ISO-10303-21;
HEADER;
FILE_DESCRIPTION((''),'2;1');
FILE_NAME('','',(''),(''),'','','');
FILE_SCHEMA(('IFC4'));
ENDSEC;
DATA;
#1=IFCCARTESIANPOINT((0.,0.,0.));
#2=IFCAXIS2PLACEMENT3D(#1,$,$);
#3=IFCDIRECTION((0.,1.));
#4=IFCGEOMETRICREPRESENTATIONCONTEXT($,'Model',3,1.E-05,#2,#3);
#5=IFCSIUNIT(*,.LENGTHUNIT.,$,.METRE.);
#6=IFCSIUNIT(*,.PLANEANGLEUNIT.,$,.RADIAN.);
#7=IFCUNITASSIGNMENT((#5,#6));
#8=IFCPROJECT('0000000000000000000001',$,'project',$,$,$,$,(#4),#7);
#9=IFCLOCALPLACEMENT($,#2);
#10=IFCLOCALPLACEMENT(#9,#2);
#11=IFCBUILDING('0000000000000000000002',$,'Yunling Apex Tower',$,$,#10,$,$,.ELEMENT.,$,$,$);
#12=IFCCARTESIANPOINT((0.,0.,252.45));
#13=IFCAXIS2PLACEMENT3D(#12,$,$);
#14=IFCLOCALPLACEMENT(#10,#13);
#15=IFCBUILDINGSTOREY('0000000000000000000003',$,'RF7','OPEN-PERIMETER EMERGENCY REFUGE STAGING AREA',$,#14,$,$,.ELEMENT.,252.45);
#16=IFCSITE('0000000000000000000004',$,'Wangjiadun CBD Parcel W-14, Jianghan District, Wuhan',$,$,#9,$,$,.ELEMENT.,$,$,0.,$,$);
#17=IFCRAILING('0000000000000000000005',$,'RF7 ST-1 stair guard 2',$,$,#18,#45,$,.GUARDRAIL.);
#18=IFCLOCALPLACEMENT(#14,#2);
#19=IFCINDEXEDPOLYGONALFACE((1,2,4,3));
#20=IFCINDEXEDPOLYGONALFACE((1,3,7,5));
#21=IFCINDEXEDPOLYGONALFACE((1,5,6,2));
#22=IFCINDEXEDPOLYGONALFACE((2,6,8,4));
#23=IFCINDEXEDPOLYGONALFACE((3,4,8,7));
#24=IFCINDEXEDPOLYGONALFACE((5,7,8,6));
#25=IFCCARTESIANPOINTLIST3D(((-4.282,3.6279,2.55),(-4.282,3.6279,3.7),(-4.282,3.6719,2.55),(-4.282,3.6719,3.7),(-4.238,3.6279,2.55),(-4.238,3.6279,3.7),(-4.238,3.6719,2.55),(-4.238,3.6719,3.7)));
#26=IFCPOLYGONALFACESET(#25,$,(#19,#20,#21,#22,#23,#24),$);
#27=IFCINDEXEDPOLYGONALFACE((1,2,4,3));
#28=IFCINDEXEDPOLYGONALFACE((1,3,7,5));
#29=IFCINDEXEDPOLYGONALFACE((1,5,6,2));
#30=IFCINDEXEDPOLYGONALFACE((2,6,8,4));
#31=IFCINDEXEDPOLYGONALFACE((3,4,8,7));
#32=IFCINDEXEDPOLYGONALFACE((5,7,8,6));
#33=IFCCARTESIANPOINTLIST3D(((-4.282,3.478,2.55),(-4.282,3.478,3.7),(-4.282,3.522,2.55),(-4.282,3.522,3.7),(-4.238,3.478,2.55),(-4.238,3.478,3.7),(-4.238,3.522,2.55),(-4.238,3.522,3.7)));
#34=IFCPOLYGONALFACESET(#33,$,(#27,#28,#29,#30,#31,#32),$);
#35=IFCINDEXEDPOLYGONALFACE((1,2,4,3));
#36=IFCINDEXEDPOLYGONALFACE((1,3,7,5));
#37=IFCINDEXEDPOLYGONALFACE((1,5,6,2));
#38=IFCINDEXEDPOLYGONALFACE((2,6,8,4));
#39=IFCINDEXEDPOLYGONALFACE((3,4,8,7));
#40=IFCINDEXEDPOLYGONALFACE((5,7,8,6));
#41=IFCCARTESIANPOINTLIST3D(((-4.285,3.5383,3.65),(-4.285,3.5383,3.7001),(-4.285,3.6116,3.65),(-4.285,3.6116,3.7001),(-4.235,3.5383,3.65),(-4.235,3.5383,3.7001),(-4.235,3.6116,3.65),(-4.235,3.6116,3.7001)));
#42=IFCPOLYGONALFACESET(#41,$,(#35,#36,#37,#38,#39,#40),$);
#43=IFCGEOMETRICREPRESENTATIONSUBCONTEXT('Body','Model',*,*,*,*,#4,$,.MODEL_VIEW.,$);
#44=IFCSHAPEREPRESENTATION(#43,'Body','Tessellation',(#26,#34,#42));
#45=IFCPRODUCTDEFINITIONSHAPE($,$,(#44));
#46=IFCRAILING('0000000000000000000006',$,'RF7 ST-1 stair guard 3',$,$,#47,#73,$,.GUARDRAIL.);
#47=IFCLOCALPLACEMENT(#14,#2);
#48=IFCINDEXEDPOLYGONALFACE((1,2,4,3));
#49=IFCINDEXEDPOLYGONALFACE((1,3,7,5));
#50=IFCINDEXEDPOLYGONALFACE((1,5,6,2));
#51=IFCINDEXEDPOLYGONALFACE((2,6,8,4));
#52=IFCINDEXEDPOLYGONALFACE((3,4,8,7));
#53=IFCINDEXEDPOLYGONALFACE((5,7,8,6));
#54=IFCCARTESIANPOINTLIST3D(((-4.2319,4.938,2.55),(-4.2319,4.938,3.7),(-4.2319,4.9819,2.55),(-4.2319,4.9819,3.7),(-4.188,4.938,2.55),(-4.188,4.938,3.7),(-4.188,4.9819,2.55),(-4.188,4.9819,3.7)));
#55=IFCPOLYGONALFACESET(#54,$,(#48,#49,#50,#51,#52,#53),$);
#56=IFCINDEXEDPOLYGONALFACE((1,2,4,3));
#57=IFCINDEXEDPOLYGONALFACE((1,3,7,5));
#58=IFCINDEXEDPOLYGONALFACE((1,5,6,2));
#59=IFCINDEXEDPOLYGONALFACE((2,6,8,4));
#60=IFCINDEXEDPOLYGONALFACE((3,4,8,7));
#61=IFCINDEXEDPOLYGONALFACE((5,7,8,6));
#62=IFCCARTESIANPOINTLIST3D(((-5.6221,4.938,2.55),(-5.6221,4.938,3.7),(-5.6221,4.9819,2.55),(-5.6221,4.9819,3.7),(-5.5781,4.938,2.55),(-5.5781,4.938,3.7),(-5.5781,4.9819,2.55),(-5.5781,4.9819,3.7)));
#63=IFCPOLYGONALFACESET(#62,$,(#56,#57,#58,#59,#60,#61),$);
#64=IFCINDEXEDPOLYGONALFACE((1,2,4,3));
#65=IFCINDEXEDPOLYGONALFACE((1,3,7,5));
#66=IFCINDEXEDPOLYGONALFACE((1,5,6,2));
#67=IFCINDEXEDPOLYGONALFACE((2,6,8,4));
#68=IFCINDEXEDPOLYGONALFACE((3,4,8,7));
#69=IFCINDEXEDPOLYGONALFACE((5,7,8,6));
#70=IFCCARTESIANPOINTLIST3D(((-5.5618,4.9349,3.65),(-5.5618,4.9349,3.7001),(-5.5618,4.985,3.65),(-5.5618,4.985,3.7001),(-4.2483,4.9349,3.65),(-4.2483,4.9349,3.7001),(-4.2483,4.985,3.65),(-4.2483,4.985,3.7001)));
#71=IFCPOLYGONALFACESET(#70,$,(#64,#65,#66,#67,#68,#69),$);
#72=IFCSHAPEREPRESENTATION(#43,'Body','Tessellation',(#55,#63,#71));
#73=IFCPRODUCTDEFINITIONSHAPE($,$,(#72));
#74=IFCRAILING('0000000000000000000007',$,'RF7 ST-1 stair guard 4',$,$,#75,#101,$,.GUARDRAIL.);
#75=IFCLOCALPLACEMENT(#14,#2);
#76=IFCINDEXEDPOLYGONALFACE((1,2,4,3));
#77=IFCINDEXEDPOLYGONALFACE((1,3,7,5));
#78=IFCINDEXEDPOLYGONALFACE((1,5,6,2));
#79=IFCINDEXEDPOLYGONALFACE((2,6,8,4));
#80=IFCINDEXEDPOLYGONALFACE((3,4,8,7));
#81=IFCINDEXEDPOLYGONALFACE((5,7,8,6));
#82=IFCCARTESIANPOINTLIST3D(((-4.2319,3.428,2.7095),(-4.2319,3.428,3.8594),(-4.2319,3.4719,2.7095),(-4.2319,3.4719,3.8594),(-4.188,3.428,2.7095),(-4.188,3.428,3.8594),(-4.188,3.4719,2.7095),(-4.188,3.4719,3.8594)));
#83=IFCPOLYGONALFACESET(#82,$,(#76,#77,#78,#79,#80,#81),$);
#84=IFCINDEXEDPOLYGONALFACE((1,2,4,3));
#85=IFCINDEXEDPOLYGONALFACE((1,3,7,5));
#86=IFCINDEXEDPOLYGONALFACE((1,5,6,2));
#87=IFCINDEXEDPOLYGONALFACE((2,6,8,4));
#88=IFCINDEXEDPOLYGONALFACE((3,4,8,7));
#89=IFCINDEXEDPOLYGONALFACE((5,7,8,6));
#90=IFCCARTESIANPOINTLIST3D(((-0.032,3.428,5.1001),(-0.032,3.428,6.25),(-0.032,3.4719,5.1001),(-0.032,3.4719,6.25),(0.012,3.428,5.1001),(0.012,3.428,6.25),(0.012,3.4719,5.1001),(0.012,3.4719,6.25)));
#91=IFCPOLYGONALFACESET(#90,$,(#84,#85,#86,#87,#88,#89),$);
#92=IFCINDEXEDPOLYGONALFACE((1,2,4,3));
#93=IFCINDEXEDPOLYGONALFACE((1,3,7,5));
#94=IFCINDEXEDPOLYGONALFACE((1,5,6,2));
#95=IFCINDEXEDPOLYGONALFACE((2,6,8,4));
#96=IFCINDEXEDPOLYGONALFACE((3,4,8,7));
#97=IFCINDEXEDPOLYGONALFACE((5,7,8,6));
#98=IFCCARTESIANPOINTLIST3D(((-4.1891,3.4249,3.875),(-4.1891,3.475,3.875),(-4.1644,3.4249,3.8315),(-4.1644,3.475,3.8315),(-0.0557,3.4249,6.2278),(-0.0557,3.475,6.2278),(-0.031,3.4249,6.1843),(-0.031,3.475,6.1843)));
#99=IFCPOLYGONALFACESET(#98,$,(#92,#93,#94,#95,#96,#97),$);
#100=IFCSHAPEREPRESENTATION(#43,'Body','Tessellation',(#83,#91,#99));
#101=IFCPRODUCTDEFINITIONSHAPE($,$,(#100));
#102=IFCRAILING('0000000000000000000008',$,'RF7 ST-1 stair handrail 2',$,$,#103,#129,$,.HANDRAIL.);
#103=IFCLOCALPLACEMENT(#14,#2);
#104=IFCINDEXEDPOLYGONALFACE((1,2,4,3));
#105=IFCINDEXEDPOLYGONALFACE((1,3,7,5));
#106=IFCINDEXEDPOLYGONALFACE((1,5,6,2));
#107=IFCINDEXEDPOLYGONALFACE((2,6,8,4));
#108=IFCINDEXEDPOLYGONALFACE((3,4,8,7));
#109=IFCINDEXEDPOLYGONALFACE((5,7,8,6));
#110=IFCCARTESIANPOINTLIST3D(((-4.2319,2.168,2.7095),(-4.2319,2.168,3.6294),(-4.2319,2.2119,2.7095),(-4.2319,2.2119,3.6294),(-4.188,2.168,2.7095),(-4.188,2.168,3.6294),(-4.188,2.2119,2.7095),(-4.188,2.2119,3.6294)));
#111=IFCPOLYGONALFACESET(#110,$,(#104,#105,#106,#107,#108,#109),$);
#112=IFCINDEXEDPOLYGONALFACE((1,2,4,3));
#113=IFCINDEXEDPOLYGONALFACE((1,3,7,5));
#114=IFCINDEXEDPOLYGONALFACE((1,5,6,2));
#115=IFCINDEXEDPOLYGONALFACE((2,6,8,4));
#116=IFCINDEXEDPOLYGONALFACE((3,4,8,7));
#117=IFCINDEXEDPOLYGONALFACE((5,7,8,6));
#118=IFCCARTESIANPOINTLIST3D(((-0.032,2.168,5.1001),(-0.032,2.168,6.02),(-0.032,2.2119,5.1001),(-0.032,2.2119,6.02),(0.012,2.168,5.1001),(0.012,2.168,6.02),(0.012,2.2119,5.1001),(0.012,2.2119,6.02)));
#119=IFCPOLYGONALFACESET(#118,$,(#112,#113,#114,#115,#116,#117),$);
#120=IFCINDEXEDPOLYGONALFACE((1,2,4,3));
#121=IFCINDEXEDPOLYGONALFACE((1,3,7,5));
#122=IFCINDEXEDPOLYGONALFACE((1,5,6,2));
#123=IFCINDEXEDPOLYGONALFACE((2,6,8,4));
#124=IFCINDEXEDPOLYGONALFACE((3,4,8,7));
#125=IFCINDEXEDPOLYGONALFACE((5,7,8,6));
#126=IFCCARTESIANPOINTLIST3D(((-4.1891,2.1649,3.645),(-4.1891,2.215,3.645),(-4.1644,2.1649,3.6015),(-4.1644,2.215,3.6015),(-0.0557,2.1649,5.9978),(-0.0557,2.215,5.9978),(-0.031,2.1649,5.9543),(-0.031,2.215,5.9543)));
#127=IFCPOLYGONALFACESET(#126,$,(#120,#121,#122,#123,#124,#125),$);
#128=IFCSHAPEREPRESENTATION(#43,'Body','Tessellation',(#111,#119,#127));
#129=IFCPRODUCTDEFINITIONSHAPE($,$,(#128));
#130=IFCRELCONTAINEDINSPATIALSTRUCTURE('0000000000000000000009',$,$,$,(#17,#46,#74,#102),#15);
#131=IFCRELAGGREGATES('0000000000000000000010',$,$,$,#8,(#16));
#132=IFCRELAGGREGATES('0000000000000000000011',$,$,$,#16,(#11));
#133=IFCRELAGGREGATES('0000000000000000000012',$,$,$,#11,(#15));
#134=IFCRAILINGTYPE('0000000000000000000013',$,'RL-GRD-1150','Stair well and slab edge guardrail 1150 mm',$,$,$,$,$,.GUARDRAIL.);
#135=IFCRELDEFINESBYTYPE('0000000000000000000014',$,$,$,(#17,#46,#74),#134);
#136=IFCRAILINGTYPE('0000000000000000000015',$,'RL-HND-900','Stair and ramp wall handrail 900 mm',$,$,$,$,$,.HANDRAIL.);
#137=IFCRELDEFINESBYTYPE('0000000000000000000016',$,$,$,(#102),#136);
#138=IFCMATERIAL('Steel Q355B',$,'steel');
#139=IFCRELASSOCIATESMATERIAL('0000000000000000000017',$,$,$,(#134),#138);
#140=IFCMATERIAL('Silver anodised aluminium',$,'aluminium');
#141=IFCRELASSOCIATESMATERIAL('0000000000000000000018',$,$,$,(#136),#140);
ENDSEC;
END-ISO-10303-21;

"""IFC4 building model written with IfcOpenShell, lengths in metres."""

from ifc_helpers import new_model, si_unit, direction, frame, origin, origin_2d, place, context, subcontext, project, spatial, rectangle, extrude, material, type_object, element, save


model = new_model("IFC4")

# Units and contexts
model_context = context("Model", 3, precision=1e-05, world=origin(), true_north=direction((0.0, 1.0)))
body_context = subcontext(model_context, "Body", "Model", "MODEL_VIEW")
ifc_project = project(units=[si_unit("LENGTHUNIT", "METRE"), si_unit("PLANEANGLEUNIT", "RADIAN")], contexts=[model_context])

# Site, building, storey
site_placement = place(None, origin())
site = spatial("IfcSite", under=ifc_project, at=site_placement, Name="Wangjiadun CBD Parcel W-14, Jianghan District, Wuhan", CompositionType="ELEMENT", RefElevation=0.0)
building_placement = place(site_placement, origin())
building = spatial("IfcBuilding", under=site, at=building_placement, Name="Yunling Apex Tower", CompositionType="ELEMENT")
storey_placement = place(building_placement, frame((0.0, 0.0, 252.45)))
storey = spatial("IfcBuildingStorey", under=building, at=storey_placement, Name="RF7", Description="OPEN-PERIMETER EMERGENCY REFUGE STAGING AREA", CompositionType="ELEMENT", Elevation=252.45)

# Shared definitions
ifc_material_1 = material(Name="Steel Q355B", Category="steel")

# Railings
railing_type_1 = type_object("IfcRailingType", Name="RL-GRD-1150", Description="Stair well and slab edge guardrail 1150 mm", PredefinedType="GUARDRAIL", material=ifc_material_1)
railing_1_placement = place(storey_placement, frame((-4.26, 3.6499, 2.55)))
element("IfcRailing", 1, at=railing_1_placement, inside=storey, type_object=railing_type_1, Name="RF7 ST-1 stair guard 2", PredefinedType="GUARDRAIL", context=body_context, shape_type="SweptSolid", body=[
    extrude(rectangle(XDim=0.0439, YDim=0.0439, at=origin_2d()), origin(), (0.0, 0.0, 1.0), 1.1499),
    extrude(rectangle(XDim=0.0439, YDim=0.0439, at=origin_2d()), frame((0.0, -0.1499, 0.0)), (0.0, 0.0, 1.0), 1.1499),
    extrude(rectangle(XDim=0.05, YDim=0.05, at=origin_2d()), frame((0.0, -0.0383, 1.125), z_axis=(0.0, -1.0, 0.0), x_axis=(1.0, 0.0, 0.0)), (0.0, 0.0, 1.0), 0.0732),
])
railing_2_placement = place(storey_placement, frame((-4.21, 4.96, 2.55)))
element("IfcRailing", 2, at=railing_2_placement, inside=storey, type_object=railing_type_1, Name="RF7 ST-1 stair guard 3", PredefinedType="GUARDRAIL", context=body_context, shape_type="SweptSolid", body=[
    extrude(rectangle(XDim=0.0439, YDim=0.0439, at=origin_2d()), origin(), (0.0, 0.0, 1.0), 1.1499),
    extrude(rectangle(XDim=0.0439, YDim=0.0439, at=origin_2d()), frame((-1.3901, 0.0, 0.0)), (0.0, 0.0, 1.0), 1.1499),
    extrude(rectangle(XDim=0.05, YDim=0.05, at=origin_2d()), frame((-0.0383, 0.0, 1.125), z_axis=(-1.0, 0.0, 0.0), x_axis=(0.0, -1.0, 0.0)), (0.0, 0.0, 1.0), 1.3135),
])
railing_3_placement = place(storey_placement, frame((-4.21, 3.45, 2.7095)))
element("IfcRailing", 3, at=railing_3_placement, inside=storey, type_object=railing_type_1, Name="RF7 ST-1 stair guard 4", PredefinedType="GUARDRAIL", context=body_context, shape_type="SweptSolid", body=[
    extrude(rectangle(XDim=0.0439, YDim=0.0439, at=origin_2d()), origin(), (0.0, 0.0, 1.0), 1.1499),
    extrude(rectangle(XDim=0.0439, YDim=0.0439, at=origin_2d()), frame((4.2, 0.0, 2.3906)), (0.0, 0.0, 1.0), 1.1499),
    extrude(rectangle(XDim=0.05, YDim=0.05, at=origin_2d()), frame((0.0332, 0.0, 1.1438), z_axis=(0.869075, 0.0, 0.49468), x_axis=(0.0, 1.0, 0.0)), (0.0, 0.0, 1.0), 4.7561),
])
ifc_material_2 = material(Name="Silver anodised aluminium", Category="aluminium")
railing_type_2 = type_object("IfcRailingType", Name="RL-HND-900", Description="Stair and ramp wall handrail 900 mm", PredefinedType="HANDRAIL", material=ifc_material_2)
railing_4_placement = place(storey_placement, frame((-4.21, 2.1899, 2.7095)))
element("IfcRailing", 4, at=railing_4_placement, inside=storey, type_object=railing_type_2, Name="RF7 ST-1 stair handrail 2", PredefinedType="HANDRAIL", context=body_context, shape_type="SweptSolid", body=[
    extrude(rectangle(XDim=0.0439, YDim=0.0439, at=origin_2d()), origin(), (0.0, 0.0, 1.0), 0.9199),
    extrude(rectangle(XDim=0.0439, YDim=0.0439, at=origin_2d()), frame((4.2, 0.0, 2.3906)), (0.0, 0.0, 1.0), 0.9199),
    extrude(rectangle(XDim=0.05, YDim=0.05, at=origin_2d()), frame((0.0332, 0.0, 0.9138), z_axis=(0.869075, 0.0, 0.49468), x_axis=(0.0, 1.0, 0.0)), (0.0, 0.0, 1.0), 4.7561),
])

save(model, "model.ifc")
